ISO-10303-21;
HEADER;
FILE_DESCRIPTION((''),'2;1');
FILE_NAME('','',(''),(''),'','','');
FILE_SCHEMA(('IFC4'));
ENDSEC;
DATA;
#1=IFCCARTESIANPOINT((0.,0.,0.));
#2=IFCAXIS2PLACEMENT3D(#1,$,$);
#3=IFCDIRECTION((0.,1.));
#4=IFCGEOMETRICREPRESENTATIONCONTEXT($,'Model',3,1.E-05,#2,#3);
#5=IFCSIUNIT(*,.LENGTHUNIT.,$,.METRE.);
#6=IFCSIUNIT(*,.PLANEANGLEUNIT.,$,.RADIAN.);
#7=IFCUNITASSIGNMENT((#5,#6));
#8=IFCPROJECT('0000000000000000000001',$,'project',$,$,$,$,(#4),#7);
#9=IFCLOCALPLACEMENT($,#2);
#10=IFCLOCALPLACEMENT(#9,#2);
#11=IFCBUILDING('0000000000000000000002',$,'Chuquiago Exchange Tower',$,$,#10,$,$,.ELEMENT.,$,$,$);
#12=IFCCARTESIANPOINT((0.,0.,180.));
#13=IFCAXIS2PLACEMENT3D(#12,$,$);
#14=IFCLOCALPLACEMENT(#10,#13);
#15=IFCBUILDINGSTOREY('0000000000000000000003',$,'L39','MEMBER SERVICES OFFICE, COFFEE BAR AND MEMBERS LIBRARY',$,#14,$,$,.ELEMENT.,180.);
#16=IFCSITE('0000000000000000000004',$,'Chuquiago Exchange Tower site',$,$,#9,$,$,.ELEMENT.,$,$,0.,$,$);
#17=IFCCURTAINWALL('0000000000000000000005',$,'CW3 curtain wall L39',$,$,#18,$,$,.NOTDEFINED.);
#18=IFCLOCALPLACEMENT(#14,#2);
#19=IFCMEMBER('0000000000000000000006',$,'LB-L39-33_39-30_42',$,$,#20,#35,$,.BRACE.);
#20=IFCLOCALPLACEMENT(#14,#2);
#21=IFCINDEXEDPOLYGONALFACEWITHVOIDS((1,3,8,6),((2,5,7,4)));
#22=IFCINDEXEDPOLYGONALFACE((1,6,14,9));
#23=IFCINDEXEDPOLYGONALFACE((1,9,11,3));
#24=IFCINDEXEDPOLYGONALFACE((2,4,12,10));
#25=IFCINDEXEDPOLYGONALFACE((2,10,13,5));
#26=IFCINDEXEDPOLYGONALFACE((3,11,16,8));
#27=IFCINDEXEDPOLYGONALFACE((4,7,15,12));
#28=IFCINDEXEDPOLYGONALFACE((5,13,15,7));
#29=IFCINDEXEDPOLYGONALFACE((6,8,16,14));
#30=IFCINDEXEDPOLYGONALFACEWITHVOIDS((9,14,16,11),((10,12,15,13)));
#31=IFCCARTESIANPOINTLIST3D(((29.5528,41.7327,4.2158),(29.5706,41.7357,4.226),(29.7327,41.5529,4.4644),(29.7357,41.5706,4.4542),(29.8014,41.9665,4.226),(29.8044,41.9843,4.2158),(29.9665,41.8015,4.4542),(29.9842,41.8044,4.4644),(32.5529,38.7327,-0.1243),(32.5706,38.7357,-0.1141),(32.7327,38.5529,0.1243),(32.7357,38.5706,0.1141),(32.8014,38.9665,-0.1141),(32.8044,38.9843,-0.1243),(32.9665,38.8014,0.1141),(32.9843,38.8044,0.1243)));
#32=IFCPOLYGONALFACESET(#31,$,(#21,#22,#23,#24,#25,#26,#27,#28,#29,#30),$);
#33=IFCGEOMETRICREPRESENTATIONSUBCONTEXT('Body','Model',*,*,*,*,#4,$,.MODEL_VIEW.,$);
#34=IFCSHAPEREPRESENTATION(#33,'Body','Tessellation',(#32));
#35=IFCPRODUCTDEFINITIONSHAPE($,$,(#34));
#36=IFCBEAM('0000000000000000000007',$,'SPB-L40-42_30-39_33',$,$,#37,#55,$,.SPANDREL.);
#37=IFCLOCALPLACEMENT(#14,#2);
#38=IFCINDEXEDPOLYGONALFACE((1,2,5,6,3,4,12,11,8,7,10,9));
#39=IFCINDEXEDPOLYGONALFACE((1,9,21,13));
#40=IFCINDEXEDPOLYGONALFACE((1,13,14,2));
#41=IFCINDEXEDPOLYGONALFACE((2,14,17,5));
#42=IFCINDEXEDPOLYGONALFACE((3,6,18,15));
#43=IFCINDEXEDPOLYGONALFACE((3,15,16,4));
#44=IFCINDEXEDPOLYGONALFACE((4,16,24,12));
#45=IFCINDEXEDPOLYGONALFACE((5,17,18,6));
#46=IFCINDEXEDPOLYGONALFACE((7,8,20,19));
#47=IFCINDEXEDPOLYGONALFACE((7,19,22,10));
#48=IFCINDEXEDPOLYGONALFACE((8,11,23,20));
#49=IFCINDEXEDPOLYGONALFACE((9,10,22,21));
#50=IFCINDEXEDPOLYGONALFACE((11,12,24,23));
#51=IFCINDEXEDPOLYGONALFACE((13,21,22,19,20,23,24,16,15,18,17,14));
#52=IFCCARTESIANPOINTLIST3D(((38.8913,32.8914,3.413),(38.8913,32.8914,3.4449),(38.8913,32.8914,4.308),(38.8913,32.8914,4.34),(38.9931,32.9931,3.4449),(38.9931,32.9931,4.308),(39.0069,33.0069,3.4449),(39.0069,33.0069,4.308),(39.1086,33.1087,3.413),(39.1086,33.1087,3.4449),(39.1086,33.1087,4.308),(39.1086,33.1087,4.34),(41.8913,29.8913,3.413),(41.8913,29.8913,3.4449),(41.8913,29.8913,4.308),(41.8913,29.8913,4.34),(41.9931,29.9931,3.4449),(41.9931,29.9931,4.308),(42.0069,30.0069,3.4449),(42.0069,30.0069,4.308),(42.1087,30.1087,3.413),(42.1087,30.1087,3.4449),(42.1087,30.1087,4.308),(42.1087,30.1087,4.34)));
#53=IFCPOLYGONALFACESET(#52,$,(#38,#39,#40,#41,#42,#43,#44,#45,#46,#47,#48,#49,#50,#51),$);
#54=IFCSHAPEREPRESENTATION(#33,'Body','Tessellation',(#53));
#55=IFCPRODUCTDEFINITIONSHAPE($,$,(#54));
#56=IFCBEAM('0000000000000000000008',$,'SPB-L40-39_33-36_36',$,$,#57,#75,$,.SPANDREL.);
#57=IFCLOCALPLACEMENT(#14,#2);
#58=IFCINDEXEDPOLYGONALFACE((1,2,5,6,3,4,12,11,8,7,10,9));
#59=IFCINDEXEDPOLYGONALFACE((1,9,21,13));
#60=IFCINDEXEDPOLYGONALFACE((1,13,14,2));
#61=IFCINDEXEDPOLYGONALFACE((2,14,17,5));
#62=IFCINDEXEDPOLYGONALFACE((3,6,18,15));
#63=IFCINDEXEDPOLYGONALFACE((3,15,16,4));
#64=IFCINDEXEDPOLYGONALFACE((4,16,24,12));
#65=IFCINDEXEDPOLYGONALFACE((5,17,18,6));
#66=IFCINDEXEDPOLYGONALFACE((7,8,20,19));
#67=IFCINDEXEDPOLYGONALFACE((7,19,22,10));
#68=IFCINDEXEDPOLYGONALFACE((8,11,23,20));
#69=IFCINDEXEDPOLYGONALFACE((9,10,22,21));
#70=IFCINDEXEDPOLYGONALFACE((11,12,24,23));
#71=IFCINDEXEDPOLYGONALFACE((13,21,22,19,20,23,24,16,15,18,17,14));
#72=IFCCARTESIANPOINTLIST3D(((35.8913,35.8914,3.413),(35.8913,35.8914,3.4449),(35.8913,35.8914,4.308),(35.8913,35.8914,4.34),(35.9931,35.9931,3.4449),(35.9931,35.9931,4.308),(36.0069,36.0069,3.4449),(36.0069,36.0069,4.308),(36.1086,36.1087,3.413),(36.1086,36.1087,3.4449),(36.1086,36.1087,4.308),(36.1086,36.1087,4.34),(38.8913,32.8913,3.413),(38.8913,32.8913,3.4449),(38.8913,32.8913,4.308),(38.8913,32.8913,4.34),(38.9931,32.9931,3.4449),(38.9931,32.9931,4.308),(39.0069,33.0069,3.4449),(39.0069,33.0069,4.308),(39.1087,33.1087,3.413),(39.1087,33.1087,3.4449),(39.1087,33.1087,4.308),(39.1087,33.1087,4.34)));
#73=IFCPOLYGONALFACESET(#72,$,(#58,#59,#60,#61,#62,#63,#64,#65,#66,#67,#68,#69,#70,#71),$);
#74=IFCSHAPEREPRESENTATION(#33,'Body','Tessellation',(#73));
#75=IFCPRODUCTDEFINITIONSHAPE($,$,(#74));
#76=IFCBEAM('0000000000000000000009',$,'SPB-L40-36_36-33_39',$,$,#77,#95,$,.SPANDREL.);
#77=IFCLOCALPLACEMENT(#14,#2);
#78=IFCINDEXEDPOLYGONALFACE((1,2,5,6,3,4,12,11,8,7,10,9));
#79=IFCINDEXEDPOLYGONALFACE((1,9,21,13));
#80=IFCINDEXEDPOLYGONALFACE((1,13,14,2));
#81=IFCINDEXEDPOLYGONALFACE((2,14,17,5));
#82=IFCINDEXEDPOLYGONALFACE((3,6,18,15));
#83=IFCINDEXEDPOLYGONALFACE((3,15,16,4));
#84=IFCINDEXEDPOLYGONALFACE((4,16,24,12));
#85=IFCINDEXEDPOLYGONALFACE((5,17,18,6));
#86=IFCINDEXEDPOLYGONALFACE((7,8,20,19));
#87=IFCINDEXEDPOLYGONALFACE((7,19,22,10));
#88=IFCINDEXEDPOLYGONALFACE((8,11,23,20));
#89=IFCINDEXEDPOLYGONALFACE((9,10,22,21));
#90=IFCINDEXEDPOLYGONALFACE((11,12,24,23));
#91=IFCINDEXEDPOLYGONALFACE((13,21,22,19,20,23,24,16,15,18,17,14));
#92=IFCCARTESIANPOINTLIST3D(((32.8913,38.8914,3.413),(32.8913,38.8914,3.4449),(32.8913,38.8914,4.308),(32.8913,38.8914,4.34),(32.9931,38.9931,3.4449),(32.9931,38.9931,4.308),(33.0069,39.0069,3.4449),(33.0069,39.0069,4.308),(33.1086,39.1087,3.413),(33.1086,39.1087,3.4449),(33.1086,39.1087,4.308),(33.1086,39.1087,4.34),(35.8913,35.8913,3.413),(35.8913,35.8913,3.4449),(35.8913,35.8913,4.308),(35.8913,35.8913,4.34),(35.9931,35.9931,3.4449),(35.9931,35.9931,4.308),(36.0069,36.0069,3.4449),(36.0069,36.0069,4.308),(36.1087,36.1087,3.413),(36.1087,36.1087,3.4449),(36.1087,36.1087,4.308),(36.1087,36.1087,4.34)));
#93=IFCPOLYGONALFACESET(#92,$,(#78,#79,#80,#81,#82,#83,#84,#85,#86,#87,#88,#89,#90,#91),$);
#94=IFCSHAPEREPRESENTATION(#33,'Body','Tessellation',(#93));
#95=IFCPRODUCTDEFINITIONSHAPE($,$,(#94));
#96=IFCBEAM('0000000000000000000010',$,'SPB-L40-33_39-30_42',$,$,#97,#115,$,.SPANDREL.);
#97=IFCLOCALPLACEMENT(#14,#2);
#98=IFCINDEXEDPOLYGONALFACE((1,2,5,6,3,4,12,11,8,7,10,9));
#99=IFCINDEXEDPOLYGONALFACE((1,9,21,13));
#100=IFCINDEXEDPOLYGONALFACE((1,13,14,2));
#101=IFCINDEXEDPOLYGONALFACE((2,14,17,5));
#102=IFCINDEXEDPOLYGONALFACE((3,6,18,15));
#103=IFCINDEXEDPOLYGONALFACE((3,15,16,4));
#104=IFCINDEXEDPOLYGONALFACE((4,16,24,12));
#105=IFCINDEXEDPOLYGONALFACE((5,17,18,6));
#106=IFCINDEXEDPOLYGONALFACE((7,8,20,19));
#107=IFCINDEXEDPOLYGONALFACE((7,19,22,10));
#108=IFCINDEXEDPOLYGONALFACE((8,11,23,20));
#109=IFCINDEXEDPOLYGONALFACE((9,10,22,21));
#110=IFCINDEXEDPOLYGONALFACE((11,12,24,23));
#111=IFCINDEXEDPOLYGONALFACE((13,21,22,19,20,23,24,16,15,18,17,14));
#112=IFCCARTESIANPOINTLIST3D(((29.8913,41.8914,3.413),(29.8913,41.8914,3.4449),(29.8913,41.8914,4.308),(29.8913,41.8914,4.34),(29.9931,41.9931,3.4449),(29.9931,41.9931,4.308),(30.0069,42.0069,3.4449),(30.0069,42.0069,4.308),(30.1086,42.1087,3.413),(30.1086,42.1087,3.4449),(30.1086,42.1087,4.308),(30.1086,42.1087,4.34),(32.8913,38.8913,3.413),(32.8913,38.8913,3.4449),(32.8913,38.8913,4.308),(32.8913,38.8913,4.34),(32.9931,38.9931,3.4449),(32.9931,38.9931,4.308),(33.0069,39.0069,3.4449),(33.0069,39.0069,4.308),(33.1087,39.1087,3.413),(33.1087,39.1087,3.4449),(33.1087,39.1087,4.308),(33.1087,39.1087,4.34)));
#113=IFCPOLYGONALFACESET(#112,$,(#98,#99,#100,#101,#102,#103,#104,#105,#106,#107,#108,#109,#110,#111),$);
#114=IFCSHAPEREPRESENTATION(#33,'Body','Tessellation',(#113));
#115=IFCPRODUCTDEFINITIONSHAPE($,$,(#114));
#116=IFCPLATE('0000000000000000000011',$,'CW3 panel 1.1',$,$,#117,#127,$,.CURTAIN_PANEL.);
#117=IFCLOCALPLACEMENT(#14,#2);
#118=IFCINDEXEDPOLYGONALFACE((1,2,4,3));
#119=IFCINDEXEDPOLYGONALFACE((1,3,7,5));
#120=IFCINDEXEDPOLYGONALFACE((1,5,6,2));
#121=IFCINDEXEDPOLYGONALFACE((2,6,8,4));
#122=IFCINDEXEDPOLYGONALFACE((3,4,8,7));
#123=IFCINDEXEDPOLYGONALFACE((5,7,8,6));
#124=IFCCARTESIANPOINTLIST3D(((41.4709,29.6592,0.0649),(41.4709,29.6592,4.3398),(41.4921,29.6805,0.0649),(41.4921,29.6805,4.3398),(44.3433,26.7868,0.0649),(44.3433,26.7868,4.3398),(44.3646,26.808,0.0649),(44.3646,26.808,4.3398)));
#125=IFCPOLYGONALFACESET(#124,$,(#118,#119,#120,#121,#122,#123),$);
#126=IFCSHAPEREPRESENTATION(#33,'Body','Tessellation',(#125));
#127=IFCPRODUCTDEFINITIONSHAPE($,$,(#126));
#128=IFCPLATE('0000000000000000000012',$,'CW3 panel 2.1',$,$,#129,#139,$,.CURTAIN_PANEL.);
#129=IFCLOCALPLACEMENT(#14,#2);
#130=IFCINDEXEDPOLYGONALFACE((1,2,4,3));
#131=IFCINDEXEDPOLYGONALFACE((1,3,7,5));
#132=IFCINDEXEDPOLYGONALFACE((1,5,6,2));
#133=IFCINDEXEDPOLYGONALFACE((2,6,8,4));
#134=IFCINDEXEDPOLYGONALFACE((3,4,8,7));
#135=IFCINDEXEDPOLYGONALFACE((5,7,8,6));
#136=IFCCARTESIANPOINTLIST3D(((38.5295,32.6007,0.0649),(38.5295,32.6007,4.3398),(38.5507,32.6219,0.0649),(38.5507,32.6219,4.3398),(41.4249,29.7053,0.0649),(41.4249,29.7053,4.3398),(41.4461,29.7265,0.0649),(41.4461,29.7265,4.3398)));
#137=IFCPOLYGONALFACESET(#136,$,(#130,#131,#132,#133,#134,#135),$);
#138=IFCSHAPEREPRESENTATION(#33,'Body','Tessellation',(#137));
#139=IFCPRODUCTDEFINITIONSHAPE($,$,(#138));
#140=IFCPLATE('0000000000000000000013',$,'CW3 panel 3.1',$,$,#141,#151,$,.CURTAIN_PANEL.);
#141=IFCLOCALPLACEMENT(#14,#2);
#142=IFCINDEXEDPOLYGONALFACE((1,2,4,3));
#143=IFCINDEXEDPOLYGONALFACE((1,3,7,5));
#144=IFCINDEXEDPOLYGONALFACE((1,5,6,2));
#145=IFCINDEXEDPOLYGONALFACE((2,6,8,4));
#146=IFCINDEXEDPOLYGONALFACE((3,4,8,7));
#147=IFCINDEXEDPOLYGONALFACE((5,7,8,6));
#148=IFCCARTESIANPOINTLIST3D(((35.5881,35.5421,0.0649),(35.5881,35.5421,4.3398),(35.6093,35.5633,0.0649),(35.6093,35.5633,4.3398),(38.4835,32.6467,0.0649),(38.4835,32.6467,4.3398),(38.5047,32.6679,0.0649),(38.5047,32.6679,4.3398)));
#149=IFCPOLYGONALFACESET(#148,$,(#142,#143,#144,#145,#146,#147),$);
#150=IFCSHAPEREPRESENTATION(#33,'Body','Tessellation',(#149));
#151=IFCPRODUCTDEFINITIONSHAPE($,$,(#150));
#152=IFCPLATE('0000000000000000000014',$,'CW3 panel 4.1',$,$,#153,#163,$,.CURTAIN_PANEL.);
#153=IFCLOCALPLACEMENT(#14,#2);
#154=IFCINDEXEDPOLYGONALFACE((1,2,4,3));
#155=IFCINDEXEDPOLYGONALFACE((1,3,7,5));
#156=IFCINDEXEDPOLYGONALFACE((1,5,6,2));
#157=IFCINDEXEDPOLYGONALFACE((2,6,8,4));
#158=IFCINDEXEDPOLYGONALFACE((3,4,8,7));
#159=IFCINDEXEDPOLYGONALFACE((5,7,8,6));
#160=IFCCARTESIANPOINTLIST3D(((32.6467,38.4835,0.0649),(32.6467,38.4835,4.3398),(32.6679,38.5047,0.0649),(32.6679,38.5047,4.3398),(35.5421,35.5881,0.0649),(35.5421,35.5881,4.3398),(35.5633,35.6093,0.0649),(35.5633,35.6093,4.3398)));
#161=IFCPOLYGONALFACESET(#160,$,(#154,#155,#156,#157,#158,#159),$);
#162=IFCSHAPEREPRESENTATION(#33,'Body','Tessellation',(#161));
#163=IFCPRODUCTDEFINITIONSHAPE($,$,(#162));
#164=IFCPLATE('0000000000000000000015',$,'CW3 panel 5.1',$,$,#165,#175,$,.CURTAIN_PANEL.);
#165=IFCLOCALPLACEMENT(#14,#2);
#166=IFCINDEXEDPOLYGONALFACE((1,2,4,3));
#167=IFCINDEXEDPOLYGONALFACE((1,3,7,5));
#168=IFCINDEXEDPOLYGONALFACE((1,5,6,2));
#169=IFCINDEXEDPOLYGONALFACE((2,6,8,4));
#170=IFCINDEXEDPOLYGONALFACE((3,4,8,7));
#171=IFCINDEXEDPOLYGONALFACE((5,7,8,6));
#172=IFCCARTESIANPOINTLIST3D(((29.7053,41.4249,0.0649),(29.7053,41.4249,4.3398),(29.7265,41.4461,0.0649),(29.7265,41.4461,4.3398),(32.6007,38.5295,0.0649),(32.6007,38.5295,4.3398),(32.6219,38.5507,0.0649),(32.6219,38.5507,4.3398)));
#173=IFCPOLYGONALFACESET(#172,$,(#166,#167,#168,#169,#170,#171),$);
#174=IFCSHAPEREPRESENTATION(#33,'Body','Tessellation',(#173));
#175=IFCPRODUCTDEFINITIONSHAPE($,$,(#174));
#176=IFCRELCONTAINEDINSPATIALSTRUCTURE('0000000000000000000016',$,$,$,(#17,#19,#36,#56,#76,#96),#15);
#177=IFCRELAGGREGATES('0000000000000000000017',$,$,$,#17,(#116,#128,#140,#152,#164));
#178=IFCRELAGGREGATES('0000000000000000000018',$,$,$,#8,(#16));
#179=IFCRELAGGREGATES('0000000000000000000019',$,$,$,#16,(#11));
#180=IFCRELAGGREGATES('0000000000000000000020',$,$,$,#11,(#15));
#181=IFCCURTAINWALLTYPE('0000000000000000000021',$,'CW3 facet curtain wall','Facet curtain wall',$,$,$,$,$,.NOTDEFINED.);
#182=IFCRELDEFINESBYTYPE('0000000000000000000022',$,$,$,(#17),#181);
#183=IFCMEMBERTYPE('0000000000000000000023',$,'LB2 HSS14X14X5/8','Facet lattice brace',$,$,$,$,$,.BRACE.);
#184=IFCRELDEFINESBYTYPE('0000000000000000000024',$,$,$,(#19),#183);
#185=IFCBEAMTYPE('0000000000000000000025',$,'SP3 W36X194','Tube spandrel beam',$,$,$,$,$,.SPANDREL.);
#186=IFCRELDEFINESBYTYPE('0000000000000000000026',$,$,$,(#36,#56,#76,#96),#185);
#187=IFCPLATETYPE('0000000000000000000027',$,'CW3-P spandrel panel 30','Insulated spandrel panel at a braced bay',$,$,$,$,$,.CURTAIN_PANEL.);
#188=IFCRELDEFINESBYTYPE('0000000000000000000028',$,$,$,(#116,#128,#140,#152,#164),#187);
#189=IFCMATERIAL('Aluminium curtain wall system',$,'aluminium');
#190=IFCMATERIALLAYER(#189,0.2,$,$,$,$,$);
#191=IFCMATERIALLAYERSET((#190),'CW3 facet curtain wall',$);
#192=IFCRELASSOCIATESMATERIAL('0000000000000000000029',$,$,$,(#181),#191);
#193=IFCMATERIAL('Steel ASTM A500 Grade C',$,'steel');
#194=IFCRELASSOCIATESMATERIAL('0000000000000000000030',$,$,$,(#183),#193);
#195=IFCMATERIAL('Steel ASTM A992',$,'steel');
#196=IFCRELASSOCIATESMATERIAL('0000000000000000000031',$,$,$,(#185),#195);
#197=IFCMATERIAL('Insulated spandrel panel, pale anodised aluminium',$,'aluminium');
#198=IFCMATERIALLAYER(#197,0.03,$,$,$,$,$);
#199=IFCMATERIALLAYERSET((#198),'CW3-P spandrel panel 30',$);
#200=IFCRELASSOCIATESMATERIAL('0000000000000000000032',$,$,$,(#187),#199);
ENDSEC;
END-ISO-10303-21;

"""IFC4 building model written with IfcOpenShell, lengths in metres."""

from ifc_helpers import new_model, si_unit, direction, frame, origin, origin_2d, place, context, subcontext, project, spatial, rectangle, hollow_rectangle, i_section, extrude, material, layer, layer_set, material_profile, profile_set, type_object, element, aggregate, save


model = new_model("IFC4")

# Units and contexts
model_context = context("Model", 3, precision=1e-05, world=origin(), true_north=direction((0.0, 1.0)))
body_context = subcontext(model_context, "Body", "Model", "MODEL_VIEW")
ifc_project = project(units=[si_unit("LENGTHUNIT", "METRE"), si_unit("PLANEANGLEUNIT", "RADIAN")], contexts=[model_context])

# Site, building, storey
site_placement = place(None, origin())
site = spatial("IfcSite", under=ifc_project, at=site_placement, Name="Chuquiago Exchange Tower site", CompositionType="ELEMENT", RefElevation=0.0)
building_placement = place(site_placement, origin())
building = spatial("IfcBuilding", under=site, at=building_placement, Name="Chuquiago Exchange Tower", CompositionType="ELEMENT")
storey_placement = place(building_placement, frame((0.0, 0.0, 180.0)))
storey = spatial("IfcBuildingStorey", under=building, at=storey_placement, Name="L39", Description="MEMBER SERVICES OFFICE, COFFEE BAR AND MEMBERS LIBRARY", CompositionType="ELEMENT", Elevation=180.0)

# Curtain wall
ifc_material_1 = material(Name="Aluminium curtain wall system", Category="aluminium")
ifc_layer_1 = layer(ifc_material_1, 0.2)
ifc_layer_set_1 = layer_set([ifc_layer_1], Name="CW3 facet curtain wall")
curtain_wall_type = type_object("IfcCurtainWallType", Name="CW3 facet curtain wall", Description="Facet curtain wall", PredefinedType="NOTDEFINED", material=ifc_layer_set_1)
curtain_wall_placement = place(storey_placement, origin())
curtain_wall = element("IfcCurtainWall", 1, at=curtain_wall_placement, inside=storey, type_object=curtain_wall_type, Name="CW3 curtain wall L39", PredefinedType="NOTDEFINED")

# Member
ifc_material_2 = material(Name="Steel ASTM A500 Grade C", Category="steel")
ifc_material_profile_1 = material_profile(ifc_material_2, hollow_rectangle(XDim=0.3557, YDim=0.3557, WallThickness=0.0146, at=origin_2d()), Name="HSS14X14X5/8")
ifc_profile_set_1 = profile_set([ifc_material_profile_1], Name="Steel ASTM A500 Grade C")
member_type_1 = type_object("IfcMemberType", Name="LB2 HSS14X14X5/8", Description="Facet lattice brace", PredefinedType="BRACE", material=ifc_profile_set_1)
for number, where, z_axis, x_axis, name in (
    (2, (32.7686, 38.7686, 0.0), (-0.494291, 0.494291, 0.715089), (-0.707107, -0.707107, 0.0), "LB-L39-33_39-30_42"),
):
    element("IfcMember", number, at=place(storey_placement, frame(where, z_axis=z_axis, x_axis=x_axis)), inside=storey, type_object=member_type_1, Name=name, PredefinedType="BRACE", context=body_context, shape_type="SweptSolid", body=[
        extrude(hollow_rectangle(XDim=0.3557, YDim=0.3557, WallThickness=0.0146, at=origin_2d()), origin(), (0.0, 0.0, 1.0), 6.0693),
    ])

# Beams
ifc_material_3 = material(Name="Steel ASTM A992", Category="steel")
ifc_material_profile_2 = material_profile(ifc_material_3, i_section(OverallWidth=0.3074, OverallDepth=0.927, WebThickness=0.0195, FlangeThickness=0.032, at=origin_2d()), Name="W36X194")
ifc_profile_set_2 = profile_set([ifc_material_profile_2], Name="Steel ASTM A992")
beam_type_1 = type_object("IfcBeamType", Name="SP3 W36X194", Description="Tube spandrel beam", PredefinedType="SPANDREL", material=ifc_profile_set_2)
for number, where, z_axis, x_axis, name in (
    (3, (42.0, 30.0, 3.8765), (-0.707107, 0.707107, 0.0), (-0.707107, -0.707107, 0.0), "SPB-L40-42_30-39_33"),
    (4, (39.0, 33.0, 3.8765), (-0.707107, 0.707107, 0.0), (-0.707107, -0.707107, 0.0), "SPB-L40-39_33-36_36"),
    (5, (36.0, 36.0, 3.8765), (-0.707107, 0.707107, 0.0), (-0.707107, -0.707107, 0.0), "SPB-L40-36_36-33_39"),
    (6, (33.0, 39.0, 3.8765), (-0.707107, 0.707107, 0.0), (-0.707107, -0.707107, 0.0), "SPB-L40-33_39-30_42"),
):
    element("IfcBeam", number, at=place(storey_placement, frame(where, z_axis=z_axis, x_axis=x_axis)), inside=storey, type_object=beam_type_1, Name=name, PredefinedType="SPANDREL", context=body_context, shape_type="SweptSolid", body=[
        extrude(i_section(OverallWidth=0.3074, OverallDepth=0.927, WebThickness=0.0195, FlangeThickness=0.032, at=origin_2d()), origin(), (0.0, 0.0, 1.0), 4.2427),
    ])

# Plates
ifc_material_4 = material(Name="Insulated spandrel panel, pale anodised aluminium", Category="aluminium")
ifc_layer_2 = layer(ifc_material_4, 0.03)
ifc_layer_set_2 = layer_set([ifc_layer_2], Name="CW3-P spandrel panel 30")
plate_type = type_object("IfcPlateType", Name="CW3-P spandrel panel 30", Description="Insulated spandrel panel at a braced bay", PredefinedType="CURTAIN_PANEL", material=ifc_layer_set_2)
plate_1_placement = place(storey_placement, frame((42.9177, 28.2336, 0.0649), z_axis=(0.0, 0.0, 1.0), x_axis=(-0.707107, 0.707107, 0.0)))
plate_1 = element("IfcPlate", 7, at=plate_1_placement, type_object=plate_type, Name="CW3 panel 1.1", PredefinedType="CURTAIN_PANEL", context=body_context, shape_type="SweptSolid", body=[
    extrude(rectangle(XDim=4.0623, YDim=0.03, at=origin_2d()), origin(), (0.0, 0.0, 1.0), 4.2749),
])
plate_2_placement = place(storey_placement, frame((39.9878, 31.1636, 0.0649), z_axis=(0.0, 0.0, 1.0), x_axis=(-0.707107, 0.707107, 0.0)))
plate_2 = element("IfcPlate", 8, at=plate_2_placement, type_object=plate_type, Name="CW3 panel 2.1", PredefinedType="CURTAIN_PANEL", context=body_context, shape_type="SweptSolid", body=[
    extrude(rectangle(XDim=4.0947, YDim=0.03, at=origin_2d()), origin(), (0.0, 0.0, 1.0), 4.2749),
])
plate_3_placement = place(storey_placement, frame((37.0464, 34.105, 0.0649), z_axis=(0.0, 0.0, 1.0), x_axis=(-0.707107, 0.707107, 0.0)))
plate_3 = element("IfcPlate", 9, at=plate_3_placement, type_object=plate_type, Name="CW3 panel 3.1", PredefinedType="CURTAIN_PANEL", context=body_context, shape_type="SweptSolid", body=[
    extrude(rectangle(XDim=4.0947, YDim=0.03, at=origin_2d()), origin(), (0.0, 0.0, 1.0), 4.2749),
])
plate_4_placement = place(storey_placement, frame((34.105, 37.0464, 0.0649), z_axis=(0.0, 0.0, 1.0), x_axis=(-0.707107, 0.707107, 0.0)))
plate_4 = element("IfcPlate", 10, at=plate_4_placement, type_object=plate_type, Name="CW3 panel 4.1", PredefinedType="CURTAIN_PANEL", context=body_context, shape_type="SweptSolid", body=[
    extrude(rectangle(XDim=4.0947, YDim=0.03, at=origin_2d()), origin(), (0.0, 0.0, 1.0), 4.2749),
])
plate_5_placement = place(storey_placement, frame((31.1636, 39.9878, 0.0649), z_axis=(0.0, 0.0, 1.0), x_axis=(-0.707107, 0.707107, 0.0)))
plate_5 = element("IfcPlate", 11, at=plate_5_placement, type_object=plate_type, Name="CW3 panel 5.1", PredefinedType="CURTAIN_PANEL", context=body_context, shape_type="SweptSolid", body=[
    extrude(rectangle(XDim=4.0947, YDim=0.03, at=origin_2d()), origin(), (0.0, 0.0, 1.0), 4.2749),
])
aggregate(curtain_wall, [plate_1, plate_2, plate_3, plate_4, plate_5])

save(model, "model.ifc")
